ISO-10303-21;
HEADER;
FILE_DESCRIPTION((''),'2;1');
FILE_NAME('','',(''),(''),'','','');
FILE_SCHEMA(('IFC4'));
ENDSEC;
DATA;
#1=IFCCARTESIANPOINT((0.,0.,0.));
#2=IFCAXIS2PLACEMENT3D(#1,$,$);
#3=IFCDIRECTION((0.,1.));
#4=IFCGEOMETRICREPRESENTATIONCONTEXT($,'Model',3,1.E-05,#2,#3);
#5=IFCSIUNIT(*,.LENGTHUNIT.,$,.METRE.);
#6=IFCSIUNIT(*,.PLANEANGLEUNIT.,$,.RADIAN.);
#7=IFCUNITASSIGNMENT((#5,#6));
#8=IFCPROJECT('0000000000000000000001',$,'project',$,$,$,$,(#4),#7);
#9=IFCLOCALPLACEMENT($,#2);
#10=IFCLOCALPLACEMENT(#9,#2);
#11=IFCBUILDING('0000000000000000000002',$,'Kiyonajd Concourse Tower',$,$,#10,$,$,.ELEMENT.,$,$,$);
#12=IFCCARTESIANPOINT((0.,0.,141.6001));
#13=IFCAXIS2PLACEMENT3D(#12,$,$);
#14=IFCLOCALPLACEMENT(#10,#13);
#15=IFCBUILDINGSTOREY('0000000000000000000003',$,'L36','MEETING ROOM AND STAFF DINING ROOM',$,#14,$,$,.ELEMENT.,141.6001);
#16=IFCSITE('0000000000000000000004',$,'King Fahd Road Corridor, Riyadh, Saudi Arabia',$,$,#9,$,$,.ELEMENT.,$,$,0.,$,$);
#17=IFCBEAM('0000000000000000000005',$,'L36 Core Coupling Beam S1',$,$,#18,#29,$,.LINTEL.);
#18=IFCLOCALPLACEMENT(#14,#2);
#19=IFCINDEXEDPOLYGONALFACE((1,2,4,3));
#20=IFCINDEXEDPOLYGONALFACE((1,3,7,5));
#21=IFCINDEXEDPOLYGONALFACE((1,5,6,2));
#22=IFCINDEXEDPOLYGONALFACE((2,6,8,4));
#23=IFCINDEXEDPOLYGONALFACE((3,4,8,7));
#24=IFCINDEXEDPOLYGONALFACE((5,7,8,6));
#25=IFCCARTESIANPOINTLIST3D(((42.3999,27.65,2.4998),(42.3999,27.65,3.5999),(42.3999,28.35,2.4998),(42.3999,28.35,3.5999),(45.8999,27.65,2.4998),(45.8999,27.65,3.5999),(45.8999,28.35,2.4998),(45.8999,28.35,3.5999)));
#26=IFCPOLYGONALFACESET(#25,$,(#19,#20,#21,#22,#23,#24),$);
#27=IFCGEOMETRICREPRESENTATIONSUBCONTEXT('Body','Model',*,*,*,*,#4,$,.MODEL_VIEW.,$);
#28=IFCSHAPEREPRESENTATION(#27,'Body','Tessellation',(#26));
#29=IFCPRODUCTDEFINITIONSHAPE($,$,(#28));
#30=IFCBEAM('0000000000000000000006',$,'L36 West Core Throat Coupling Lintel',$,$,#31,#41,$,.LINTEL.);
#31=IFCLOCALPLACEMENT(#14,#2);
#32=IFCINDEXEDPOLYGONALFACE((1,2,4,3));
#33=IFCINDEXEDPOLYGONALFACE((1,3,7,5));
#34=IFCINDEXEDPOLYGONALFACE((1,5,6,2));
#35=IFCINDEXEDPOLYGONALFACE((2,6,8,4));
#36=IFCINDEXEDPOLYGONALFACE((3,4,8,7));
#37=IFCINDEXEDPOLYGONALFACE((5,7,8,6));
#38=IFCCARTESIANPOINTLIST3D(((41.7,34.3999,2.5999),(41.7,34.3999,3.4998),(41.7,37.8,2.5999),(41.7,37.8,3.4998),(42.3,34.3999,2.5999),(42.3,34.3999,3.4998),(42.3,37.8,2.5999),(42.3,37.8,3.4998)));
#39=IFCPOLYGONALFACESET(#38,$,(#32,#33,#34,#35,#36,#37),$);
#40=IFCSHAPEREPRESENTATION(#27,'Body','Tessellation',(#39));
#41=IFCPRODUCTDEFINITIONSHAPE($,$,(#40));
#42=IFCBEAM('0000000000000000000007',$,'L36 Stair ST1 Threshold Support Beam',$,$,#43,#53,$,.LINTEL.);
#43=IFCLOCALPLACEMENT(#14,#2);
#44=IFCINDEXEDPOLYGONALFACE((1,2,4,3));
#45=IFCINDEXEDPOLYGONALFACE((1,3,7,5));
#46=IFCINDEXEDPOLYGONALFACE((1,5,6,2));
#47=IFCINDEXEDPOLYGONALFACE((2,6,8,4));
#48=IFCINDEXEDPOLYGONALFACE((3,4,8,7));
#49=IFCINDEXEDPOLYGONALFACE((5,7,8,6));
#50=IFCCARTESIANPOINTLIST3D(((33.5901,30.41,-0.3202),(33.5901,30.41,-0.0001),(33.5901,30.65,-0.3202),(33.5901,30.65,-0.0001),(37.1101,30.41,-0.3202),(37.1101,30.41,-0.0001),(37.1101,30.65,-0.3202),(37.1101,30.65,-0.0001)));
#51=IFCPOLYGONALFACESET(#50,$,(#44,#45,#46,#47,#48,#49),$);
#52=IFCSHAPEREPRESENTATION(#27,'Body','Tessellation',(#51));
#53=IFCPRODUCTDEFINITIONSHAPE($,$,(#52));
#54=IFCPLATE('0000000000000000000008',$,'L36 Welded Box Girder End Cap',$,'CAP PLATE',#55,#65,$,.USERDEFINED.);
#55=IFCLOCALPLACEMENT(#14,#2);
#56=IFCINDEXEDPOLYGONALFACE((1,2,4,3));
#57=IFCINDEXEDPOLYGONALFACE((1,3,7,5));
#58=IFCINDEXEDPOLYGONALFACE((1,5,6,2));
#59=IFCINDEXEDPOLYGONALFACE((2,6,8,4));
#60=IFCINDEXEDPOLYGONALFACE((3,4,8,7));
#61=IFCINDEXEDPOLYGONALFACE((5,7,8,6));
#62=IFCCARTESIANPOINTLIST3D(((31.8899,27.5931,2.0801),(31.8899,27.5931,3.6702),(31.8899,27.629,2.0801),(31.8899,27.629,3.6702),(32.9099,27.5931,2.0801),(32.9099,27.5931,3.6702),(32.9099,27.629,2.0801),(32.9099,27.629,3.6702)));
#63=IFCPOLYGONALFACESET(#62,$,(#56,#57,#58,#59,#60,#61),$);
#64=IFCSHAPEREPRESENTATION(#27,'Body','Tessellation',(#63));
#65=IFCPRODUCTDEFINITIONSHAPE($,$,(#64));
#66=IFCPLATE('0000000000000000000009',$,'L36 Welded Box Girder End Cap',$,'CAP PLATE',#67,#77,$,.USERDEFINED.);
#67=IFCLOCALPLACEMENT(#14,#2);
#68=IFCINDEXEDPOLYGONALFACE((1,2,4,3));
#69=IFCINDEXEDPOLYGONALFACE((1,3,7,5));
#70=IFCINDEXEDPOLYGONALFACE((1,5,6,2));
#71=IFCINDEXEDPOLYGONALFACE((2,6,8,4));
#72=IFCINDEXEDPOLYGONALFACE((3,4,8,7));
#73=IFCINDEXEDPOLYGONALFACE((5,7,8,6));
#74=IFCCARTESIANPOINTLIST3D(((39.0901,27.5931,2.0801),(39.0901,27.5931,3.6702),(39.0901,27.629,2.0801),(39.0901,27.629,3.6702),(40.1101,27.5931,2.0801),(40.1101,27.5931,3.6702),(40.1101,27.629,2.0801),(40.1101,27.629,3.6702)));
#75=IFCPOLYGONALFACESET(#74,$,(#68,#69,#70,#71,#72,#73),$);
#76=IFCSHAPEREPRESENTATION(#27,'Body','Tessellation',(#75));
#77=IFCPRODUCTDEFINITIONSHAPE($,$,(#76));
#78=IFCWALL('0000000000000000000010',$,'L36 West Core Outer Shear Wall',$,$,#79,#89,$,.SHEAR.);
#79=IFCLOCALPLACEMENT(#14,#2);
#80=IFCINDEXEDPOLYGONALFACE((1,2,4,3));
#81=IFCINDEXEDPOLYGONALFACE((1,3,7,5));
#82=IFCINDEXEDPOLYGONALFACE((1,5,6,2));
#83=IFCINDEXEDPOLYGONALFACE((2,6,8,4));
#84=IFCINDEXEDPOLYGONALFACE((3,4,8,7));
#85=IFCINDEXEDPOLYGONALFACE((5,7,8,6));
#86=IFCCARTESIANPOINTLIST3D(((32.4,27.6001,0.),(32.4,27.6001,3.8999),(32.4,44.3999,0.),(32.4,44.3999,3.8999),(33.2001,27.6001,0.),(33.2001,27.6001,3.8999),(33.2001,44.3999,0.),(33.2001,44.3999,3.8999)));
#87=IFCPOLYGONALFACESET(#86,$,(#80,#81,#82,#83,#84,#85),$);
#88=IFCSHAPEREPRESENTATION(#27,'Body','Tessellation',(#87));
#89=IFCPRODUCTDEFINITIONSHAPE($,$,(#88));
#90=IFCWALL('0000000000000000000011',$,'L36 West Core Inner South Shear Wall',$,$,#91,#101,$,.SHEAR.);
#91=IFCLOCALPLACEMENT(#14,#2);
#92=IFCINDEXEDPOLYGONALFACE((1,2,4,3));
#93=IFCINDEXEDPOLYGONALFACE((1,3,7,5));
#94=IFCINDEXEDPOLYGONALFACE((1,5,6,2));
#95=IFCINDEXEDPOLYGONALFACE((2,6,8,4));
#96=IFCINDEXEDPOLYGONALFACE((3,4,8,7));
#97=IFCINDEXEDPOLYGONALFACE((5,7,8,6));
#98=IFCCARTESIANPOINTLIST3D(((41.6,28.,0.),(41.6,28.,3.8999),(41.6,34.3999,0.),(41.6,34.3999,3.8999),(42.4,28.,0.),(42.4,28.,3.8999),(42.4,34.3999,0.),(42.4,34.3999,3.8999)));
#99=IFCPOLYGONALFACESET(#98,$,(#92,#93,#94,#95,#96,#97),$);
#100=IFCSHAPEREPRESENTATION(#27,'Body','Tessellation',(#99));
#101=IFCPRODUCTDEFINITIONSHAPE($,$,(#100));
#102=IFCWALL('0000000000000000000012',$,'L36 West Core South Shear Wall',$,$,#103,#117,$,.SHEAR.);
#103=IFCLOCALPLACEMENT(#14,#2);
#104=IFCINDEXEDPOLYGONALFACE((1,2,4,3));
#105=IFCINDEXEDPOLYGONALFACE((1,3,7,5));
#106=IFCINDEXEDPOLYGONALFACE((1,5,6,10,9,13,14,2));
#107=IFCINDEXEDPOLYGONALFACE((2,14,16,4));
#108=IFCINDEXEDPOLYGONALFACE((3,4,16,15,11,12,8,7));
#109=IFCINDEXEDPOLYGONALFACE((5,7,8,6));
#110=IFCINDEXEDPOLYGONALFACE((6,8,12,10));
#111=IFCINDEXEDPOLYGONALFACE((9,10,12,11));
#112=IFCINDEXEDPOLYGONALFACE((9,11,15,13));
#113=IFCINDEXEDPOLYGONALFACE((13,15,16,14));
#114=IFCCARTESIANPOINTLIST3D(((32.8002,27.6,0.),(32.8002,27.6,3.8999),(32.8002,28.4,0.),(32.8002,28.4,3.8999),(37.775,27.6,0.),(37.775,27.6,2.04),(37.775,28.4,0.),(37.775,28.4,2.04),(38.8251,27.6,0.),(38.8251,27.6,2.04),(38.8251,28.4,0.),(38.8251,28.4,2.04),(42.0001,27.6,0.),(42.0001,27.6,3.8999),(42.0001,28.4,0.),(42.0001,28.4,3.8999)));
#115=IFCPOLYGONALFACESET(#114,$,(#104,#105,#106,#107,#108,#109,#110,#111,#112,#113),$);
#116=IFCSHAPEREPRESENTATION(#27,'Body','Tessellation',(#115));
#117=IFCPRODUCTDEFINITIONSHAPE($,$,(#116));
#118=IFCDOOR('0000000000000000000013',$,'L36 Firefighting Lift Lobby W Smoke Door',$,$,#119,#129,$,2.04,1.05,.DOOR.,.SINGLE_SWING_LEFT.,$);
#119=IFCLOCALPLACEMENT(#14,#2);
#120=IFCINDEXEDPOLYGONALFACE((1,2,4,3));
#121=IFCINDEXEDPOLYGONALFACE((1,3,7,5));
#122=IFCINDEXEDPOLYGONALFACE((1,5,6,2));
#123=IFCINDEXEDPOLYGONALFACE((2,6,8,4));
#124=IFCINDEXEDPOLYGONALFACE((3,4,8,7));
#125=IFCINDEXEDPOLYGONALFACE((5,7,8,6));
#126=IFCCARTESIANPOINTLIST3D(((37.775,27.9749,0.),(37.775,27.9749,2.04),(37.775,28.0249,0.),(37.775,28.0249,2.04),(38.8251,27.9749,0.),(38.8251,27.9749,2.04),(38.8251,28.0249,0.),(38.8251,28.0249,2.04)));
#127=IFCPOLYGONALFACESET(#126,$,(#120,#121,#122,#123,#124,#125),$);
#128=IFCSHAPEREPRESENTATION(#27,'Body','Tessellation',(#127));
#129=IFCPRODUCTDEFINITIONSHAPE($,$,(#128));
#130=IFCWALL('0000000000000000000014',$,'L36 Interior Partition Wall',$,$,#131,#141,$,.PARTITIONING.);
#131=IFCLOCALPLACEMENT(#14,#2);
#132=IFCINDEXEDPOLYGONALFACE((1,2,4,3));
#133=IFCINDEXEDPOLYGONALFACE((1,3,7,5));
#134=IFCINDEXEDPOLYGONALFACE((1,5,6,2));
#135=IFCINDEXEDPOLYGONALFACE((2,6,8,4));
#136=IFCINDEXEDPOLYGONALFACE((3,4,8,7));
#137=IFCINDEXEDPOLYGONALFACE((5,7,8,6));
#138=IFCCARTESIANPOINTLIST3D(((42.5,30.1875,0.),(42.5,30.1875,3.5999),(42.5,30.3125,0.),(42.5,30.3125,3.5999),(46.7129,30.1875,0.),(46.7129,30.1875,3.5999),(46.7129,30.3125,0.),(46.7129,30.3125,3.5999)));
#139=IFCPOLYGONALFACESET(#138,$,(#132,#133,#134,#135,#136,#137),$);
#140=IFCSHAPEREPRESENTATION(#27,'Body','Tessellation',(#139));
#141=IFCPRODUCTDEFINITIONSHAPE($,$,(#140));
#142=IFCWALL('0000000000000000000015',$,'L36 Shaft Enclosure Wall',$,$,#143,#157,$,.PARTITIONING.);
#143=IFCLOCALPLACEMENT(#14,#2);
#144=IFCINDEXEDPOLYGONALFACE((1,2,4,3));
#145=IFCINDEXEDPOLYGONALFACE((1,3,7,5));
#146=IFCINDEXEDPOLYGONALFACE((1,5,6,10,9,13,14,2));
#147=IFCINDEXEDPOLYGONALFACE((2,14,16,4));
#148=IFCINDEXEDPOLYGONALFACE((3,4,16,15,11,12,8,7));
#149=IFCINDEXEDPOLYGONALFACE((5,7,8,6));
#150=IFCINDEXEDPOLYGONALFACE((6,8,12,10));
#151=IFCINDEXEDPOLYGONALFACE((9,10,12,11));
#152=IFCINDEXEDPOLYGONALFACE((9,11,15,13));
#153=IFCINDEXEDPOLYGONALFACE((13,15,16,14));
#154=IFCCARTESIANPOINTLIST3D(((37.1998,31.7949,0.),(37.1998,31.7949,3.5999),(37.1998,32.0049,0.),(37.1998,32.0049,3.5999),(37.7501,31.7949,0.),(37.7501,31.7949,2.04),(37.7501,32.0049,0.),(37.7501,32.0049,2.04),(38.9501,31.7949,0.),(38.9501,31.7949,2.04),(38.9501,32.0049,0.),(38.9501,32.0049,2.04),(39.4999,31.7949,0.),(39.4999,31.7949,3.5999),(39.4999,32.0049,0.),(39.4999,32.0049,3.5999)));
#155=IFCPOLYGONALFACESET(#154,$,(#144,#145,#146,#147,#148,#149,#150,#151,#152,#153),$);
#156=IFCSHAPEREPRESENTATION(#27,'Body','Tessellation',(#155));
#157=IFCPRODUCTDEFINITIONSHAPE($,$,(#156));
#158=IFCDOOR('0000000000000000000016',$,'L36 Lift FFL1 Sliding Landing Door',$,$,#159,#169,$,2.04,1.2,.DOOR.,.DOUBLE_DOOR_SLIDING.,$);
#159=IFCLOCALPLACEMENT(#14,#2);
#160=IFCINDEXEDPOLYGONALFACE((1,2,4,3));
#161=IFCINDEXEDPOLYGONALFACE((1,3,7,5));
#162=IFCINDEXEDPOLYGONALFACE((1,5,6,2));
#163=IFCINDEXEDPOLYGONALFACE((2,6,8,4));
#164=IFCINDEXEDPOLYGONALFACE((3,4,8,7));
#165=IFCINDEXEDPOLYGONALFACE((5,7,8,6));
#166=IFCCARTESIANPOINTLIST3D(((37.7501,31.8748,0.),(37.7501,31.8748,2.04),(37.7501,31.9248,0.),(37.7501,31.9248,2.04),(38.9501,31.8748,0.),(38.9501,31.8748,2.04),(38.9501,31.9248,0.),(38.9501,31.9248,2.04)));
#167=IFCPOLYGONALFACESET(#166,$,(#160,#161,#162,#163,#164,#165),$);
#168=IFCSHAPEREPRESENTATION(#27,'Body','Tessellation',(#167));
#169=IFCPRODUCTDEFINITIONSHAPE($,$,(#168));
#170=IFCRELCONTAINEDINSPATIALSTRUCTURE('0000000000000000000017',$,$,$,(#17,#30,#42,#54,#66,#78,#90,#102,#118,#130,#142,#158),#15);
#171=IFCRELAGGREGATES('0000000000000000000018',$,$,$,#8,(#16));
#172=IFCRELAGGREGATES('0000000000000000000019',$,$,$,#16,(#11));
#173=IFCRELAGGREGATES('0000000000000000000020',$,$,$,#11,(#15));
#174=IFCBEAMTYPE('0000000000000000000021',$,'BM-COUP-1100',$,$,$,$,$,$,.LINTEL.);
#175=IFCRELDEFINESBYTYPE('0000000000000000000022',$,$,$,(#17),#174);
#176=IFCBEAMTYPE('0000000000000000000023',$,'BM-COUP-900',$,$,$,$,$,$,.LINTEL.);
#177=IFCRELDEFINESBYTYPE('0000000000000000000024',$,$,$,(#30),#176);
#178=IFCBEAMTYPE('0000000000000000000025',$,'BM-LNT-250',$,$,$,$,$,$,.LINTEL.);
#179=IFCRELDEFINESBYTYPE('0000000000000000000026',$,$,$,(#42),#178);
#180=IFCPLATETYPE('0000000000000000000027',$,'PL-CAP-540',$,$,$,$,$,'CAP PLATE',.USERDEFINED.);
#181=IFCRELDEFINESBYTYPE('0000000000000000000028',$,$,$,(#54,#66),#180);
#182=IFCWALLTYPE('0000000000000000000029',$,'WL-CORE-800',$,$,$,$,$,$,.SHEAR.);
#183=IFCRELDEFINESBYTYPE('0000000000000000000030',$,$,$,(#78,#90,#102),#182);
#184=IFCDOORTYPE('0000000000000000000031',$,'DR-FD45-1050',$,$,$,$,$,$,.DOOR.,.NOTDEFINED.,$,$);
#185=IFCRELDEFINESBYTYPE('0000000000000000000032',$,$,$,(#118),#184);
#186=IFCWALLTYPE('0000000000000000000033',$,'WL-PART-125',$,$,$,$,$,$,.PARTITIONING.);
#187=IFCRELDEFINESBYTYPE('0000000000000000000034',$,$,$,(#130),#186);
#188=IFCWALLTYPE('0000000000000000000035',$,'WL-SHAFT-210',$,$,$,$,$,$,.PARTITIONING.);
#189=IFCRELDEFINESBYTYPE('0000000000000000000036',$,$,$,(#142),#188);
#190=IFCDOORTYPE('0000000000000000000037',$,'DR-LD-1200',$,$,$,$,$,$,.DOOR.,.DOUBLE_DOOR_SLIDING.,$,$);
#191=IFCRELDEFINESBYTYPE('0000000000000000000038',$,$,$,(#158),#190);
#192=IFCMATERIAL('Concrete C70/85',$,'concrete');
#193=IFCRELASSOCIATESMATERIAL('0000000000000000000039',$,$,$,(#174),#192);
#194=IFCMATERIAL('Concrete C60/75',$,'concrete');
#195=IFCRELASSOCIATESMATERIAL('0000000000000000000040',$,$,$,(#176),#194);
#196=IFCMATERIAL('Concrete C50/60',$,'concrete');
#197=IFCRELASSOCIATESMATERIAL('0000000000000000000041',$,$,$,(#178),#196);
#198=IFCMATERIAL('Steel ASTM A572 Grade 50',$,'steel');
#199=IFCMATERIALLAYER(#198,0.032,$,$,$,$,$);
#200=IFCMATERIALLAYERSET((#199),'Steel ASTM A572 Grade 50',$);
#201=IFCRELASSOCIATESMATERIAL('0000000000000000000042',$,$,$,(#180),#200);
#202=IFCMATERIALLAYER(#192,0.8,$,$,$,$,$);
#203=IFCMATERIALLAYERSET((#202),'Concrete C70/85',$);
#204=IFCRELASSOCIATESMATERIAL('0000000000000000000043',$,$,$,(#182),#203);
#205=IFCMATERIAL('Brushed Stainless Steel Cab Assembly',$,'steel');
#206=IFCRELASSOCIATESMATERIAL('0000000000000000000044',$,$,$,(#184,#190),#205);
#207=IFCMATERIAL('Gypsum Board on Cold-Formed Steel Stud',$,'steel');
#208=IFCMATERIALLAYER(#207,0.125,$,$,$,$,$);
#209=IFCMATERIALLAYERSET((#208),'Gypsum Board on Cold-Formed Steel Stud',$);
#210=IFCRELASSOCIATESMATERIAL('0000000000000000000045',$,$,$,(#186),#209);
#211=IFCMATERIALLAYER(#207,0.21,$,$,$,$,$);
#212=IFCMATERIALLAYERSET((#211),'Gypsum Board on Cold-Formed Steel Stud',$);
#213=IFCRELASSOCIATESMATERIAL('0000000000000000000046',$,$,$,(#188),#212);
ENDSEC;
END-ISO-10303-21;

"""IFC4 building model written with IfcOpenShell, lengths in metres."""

from ifc_helpers import new_model, si_unit, direction, frame, frame_2d, origin, origin_2d, place, context, subcontext, project, spatial, rectangle, extrude, material, layer, layer_set, material_profile, profile_set, type_object, element, fill, save


model = new_model("IFC4")

# Units and contexts
model_context = context("Model", 3, precision=1e-05, world=origin(), true_north=direction((0.0, 1.0)))
body_context = subcontext(model_context, "Body", "Model", "MODEL_VIEW")
ifc_project = project(units=[si_unit("LENGTHUNIT", "METRE"), si_unit("PLANEANGLEUNIT", "RADIAN")], contexts=[model_context])

# Site, building, storey
site_placement = place(None, origin())
site = spatial("IfcSite", under=ifc_project, at=site_placement, Name="King Fahd Road Corridor, Riyadh, Saudi Arabia", CompositionType="ELEMENT", RefElevation=0.0)
building_placement = place(site_placement, origin())
building = spatial("IfcBuilding", under=site, at=building_placement, Name="Kiyonajd Concourse Tower", CompositionType="ELEMENT")
storey_placement = place(building_placement, frame((0.0, 0.0, 141.6001)))
storey = spatial("IfcBuildingStorey", under=building, at=storey_placement, Name="L36", Description="MEETING ROOM AND STAFF DINING ROOM", CompositionType="ELEMENT", Elevation=141.6001)

# Beams
ifc_material_1 = material(Name="Concrete C70/85", Category="concrete")
ifc_material_profile_1 = material_profile(ifc_material_1, rectangle(XDim=0.7, YDim=1.1001, at=origin_2d()), Name="RCBM-700x1100")
ifc_profile_set_1 = profile_set([ifc_material_profile_1], Name="Concrete C70/85")
beam_type_1 = type_object("IfcBeamType", Name="BM-COUP-1100", PredefinedType="LINTEL", material=ifc_profile_set_1)
beam_1_placement = place(storey_placement, frame((42.3999, 28.0, 3.0498), z_axis=(1.0, 0.0, 0.0), x_axis=(0.0, 1.0, 0.0)))
element("IfcBeam", 1, at=beam_1_placement, inside=storey, type_object=beam_type_1, Name="L36 Core Coupling Beam S1", PredefinedType="LINTEL", context=body_context, shape_type="SweptSolid", body=[
    extrude(rectangle(XDim=0.7, YDim=1.1001, at=origin_2d()), origin(), (0.0, 0.0, 1.0), 3.5),
])
ifc_material_2 = material(Name="Concrete C60/75", Category="concrete")
ifc_material_profile_2 = material_profile(ifc_material_2, rectangle(XDim=0.6001, YDim=0.8999, at=origin_2d()), Name="RCBM-600x900")
ifc_profile_set_2 = profile_set([ifc_material_profile_2], Name="Concrete C60/75")
beam_type_2 = type_object("IfcBeamType", Name="BM-COUP-900", PredefinedType="LINTEL", material=ifc_profile_set_2)
beam_2_placement = place(storey_placement, frame((42.0, 34.3999, 3.0498), z_axis=(0.0, 1.0, 0.0), x_axis=(-1.0, 0.0, 0.0)))
element("IfcBeam", 2, at=beam_2_placement, inside=storey, type_object=beam_type_2, Name="L36 West Core Throat Coupling Lintel", PredefinedType="LINTEL", context=body_context, shape_type="SweptSolid", body=[
    extrude(rectangle(XDim=0.6001, YDim=0.8999, at=origin_2d()), origin(), (0.0, 0.0, 1.0), 3.4001),
])
ifc_material_3 = material(Name="Concrete C50/60", Category="concrete")
ifc_material_profile_3 = material_profile(ifc_material_3, rectangle(XDim=0.24, YDim=0.3201, at=origin_2d()), Name="RCBM-240x320")
ifc_profile_set_3 = profile_set([ifc_material_profile_3], Name="Concrete C50/60")
beam_type_3 = type_object("IfcBeamType", Name="BM-LNT-250", PredefinedType="LINTEL", material=ifc_profile_set_3)
beam_3_placement = place(storey_placement, frame((33.5901, 30.53, -0.1602), z_axis=(1.0, 0.0, 0.0), x_axis=(0.0, 1.0, 0.0)))
element("IfcBeam", 3, at=beam_3_placement, inside=storey, type_object=beam_type_3, Name="L36 Stair ST1 Threshold Support Beam", PredefinedType="LINTEL", context=body_context, shape_type="SweptSolid", body=[
    extrude(rectangle(XDim=0.24, YDim=0.3201, at=origin_2d()), origin(), (0.0, 0.0, 1.0), 3.52),
])

# Plates
ifc_material_4 = material(Name="Steel ASTM A572 Grade 50", Category="steel")
ifc_layer_1 = layer(ifc_material_4, 0.032)
ifc_layer_set_1 = layer_set([ifc_layer_1], Name="Steel ASTM A572 Grade 50")
plate_type = type_object("IfcPlateType", Name="PL-CAP-540", ElementType="CAP PLATE", PredefinedType="USERDEFINED", material=ifc_layer_set_1)
for number, where, z_axis, x_axis, name in (
    (4, (32.3999, 27.6111, 2.0801), (0.0, 0.0, 1.0), (0.0, 1.0, 0.0), "L36 Welded Box Girder End Cap"),
    (5, (39.6001, 27.6111, 2.0801), (0.0, 0.0, 1.0), (0.0, 1.0, 0.0), "L36 Welded Box Girder End Cap"),
):
    element("IfcPlate", number, at=place(storey_placement, frame(where, z_axis=z_axis, x_axis=x_axis)), inside=storey, type_object=plate_type, Name=name, ObjectType="CAP PLATE", PredefinedType="USERDEFINED", context=body_context, shape_type="SweptSolid", body=[
        extrude(rectangle(XDim=0.0359, YDim=1.02, at=origin_2d()), origin(), (0.0, 0.0, 1.0), 1.5901),
    ])

# Walls
ifc_layer_2 = layer(ifc_material_1, 0.8)
ifc_layer_set_2 = layer_set([ifc_layer_2], Name="Concrete C70/85")
wall_type_1 = type_object("IfcWallType", Name="WL-CORE-800", PredefinedType="SHEAR", material=ifc_layer_set_2)
wall_1_placement = place(storey_placement, frame((32.8, 27.6001, 0.0), z_axis=(0.0, 0.0, 1.0), x_axis=(0.0, 1.0, 0.0)))
element("IfcWall", 6, at=wall_1_placement, inside=storey, type_object=wall_type_1, Name="L36 West Core Outer Shear Wall", PredefinedType="SHEAR", context=body_context, shape_type="SweptSolid", body=[
    extrude(rectangle(XDim=16.7998, YDim=0.8, at=frame_2d((8.3999, 0.0))), origin(), (0.0, 0.0, 1.0), 3.8999),
])
wall_2_placement = place(storey_placement, frame((42.0, 28.0, 0.0), z_axis=(0.0, 0.0, 1.0), x_axis=(0.0, 1.0, 0.0)))
element("IfcWall", 7, at=wall_2_placement, inside=storey, type_object=wall_type_1, Name="L36 West Core Inner South Shear Wall", PredefinedType="SHEAR", context=body_context, shape_type="SweptSolid", body=[
    extrude(rectangle(XDim=6.3999, YDim=0.8, at=frame_2d((3.2, 0.0))), origin(), (0.0, 0.0, 1.0), 3.8999),
])

# Wall, opening, door
wall_3_placement = place(storey_placement, frame((32.8, 28.0, 0.0), z_axis=(0.0, 0.0, 1.0), x_axis=(1.0, 0.0, 0.0)))
wall_3 = element("IfcWall", 8, at=wall_3_placement, inside=storey, type_object=wall_type_1, Name="L36 West Core South Shear Wall", PredefinedType="SHEAR", context=body_context, shape_type="SweptSolid", body=[
    extrude(rectangle(XDim=9.2, YDim=0.8, at=frame_2d((4.6001, 0.0))), origin(), (0.0, 0.0, 1.0), 3.8999),
])
opening_1_placement = place(wall_3_placement, frame((4.9751, 0.0, 0.0)))
opening_1 = element("IfcOpeningElement", 9, at=opening_1_placement, cuts=wall_3, PredefinedType="OPENING", context=body_context, shape_type="SweptSolid", body=[
    extrude(rectangle(XDim=1.05, YDim=2.04, at=frame_2d((0.5249, 1.02))), frame((0.0, 0.4099, 0.0), z_axis=(0.0, -1.0, 0.0), x_axis=(1.0, 0.0, 0.0)), (0.0, 0.0, 1.0), 0.8201),
])
ifc_material_5 = material(Name="Brushed Stainless Steel Cab Assembly", Category="steel")
door_type_1 = type_object("IfcDoorType", Name="DR-FD45-1050", OperationType="NOTDEFINED", PredefinedType="DOOR", material=ifc_material_5)
door_1_placement = place(opening_1_placement, origin())
door_1 = element("IfcDoor", 10, at=door_1_placement, inside=storey, type_object=door_type_1, Name="L36 Firefighting Lift Lobby W Smoke Door", OperationType="SINGLE_SWING_LEFT", OverallHeight=2.04, OverallWidth=1.05, PredefinedType="DOOR", context=body_context, shape_type="SweptSolid", body=[
    extrude(rectangle(XDim=1.05, YDim=2.04, at=frame_2d((0.5249, 1.02))), frame((0.0, 0.0249, 0.0), z_axis=(0.0, -1.0, 0.0), x_axis=(1.0, 0.0, 0.0)), (0.0, 0.0, 1.0), 0.05),
])
fill(opening_1, door_1)

# Wall
ifc_material_6 = material(Name="Gypsum Board on Cold-Formed Steel Stud", Category="steel")
ifc_layer_3 = layer(ifc_material_6, 0.125)
ifc_layer_set_3 = layer_set([ifc_layer_3], Name="Gypsum Board on Cold-Formed Steel Stud")
wall_type_2 = type_object("IfcWallType", Name="WL-PART-125", PredefinedType="PARTITIONING", material=ifc_layer_set_3)
wall_4_placement = place(storey_placement, frame((42.5, 30.25, 0.0), z_axis=(0.0, 0.0, 1.0), x_axis=(1.0, 0.0, 0.0)))
element("IfcWall", 11, at=wall_4_placement, inside=storey, type_object=wall_type_2, Name="L36 Interior Partition Wall", PredefinedType="PARTITIONING", context=body_context, shape_type="SweptSolid", body=[
    extrude(rectangle(XDim=4.2129, YDim=0.125, at=frame_2d((2.1064, 0.0))), origin(), (0.0, 0.0, 1.0), 3.5999),
])

# Wall, opening, door
ifc_layer_4 = layer(ifc_material_6, 0.21)
ifc_layer_set_4 = layer_set([ifc_layer_4], Name="Gypsum Board on Cold-Formed Steel Stud")
wall_type_3 = type_object("IfcWallType", Name="WL-SHAFT-210", PredefinedType="PARTITIONING", material=ifc_layer_set_4)
wall_5_placement = place(storey_placement, frame((37.2, 31.8999, 0.0), z_axis=(0.0, 0.0, 1.0), x_axis=(1.0, 0.0, 0.0)))
wall_5 = element("IfcWall", 12, at=wall_5_placement, inside=storey, type_object=wall_type_3, Name="L36 Shaft Enclosure Wall", PredefinedType="PARTITIONING", context=body_context, shape_type="SweptSolid", body=[
    extrude(rectangle(XDim=2.3, YDim=0.21, at=frame_2d((1.1499, 0.0))), origin(), (0.0, 0.0, 1.0), 3.5999),
])
opening_2_placement = place(wall_5_placement, frame((0.55, 0.0, 0.0)))
opening_2 = element("IfcOpeningElement", 13, at=opening_2_placement, cuts=wall_5, PredefinedType="OPENING", context=body_context, shape_type="SweptSolid", body=[
    extrude(rectangle(XDim=1.2, YDim=2.04, at=frame_2d((0.6001, 1.02))), frame((0.0, 0.115, 0.0), z_axis=(0.0, -1.0, 0.0), x_axis=(1.0, 0.0, 0.0)), (0.0, 0.0, 1.0), 0.23),
])
door_type_2 = type_object("IfcDoorType", Name="DR-LD-1200", OperationType="DOUBLE_DOOR_SLIDING", PredefinedType="DOOR", material=ifc_material_5)
door_2_placement = place(opening_2_placement, origin())
door_2 = element("IfcDoor", 14, at=door_2_placement, inside=storey, type_object=door_type_2, Name="L36 Lift FFL1 Sliding Landing Door", OperationType="DOUBLE_DOOR_SLIDING", OverallHeight=2.04, OverallWidth=1.2, PredefinedType="DOOR", context=body_context, shape_type="SweptSolid", body=[
    extrude(rectangle(XDim=1.2, YDim=2.04, at=frame_2d((0.6001, 1.02))), frame((0.0, 0.0249, 0.0), z_axis=(0.0, -1.0, 0.0), x_axis=(1.0, 0.0, 0.0)), (0.0, 0.0, 1.0), 0.05),
])
fill(opening_2, door_2)

save(model, "model.ifc")
